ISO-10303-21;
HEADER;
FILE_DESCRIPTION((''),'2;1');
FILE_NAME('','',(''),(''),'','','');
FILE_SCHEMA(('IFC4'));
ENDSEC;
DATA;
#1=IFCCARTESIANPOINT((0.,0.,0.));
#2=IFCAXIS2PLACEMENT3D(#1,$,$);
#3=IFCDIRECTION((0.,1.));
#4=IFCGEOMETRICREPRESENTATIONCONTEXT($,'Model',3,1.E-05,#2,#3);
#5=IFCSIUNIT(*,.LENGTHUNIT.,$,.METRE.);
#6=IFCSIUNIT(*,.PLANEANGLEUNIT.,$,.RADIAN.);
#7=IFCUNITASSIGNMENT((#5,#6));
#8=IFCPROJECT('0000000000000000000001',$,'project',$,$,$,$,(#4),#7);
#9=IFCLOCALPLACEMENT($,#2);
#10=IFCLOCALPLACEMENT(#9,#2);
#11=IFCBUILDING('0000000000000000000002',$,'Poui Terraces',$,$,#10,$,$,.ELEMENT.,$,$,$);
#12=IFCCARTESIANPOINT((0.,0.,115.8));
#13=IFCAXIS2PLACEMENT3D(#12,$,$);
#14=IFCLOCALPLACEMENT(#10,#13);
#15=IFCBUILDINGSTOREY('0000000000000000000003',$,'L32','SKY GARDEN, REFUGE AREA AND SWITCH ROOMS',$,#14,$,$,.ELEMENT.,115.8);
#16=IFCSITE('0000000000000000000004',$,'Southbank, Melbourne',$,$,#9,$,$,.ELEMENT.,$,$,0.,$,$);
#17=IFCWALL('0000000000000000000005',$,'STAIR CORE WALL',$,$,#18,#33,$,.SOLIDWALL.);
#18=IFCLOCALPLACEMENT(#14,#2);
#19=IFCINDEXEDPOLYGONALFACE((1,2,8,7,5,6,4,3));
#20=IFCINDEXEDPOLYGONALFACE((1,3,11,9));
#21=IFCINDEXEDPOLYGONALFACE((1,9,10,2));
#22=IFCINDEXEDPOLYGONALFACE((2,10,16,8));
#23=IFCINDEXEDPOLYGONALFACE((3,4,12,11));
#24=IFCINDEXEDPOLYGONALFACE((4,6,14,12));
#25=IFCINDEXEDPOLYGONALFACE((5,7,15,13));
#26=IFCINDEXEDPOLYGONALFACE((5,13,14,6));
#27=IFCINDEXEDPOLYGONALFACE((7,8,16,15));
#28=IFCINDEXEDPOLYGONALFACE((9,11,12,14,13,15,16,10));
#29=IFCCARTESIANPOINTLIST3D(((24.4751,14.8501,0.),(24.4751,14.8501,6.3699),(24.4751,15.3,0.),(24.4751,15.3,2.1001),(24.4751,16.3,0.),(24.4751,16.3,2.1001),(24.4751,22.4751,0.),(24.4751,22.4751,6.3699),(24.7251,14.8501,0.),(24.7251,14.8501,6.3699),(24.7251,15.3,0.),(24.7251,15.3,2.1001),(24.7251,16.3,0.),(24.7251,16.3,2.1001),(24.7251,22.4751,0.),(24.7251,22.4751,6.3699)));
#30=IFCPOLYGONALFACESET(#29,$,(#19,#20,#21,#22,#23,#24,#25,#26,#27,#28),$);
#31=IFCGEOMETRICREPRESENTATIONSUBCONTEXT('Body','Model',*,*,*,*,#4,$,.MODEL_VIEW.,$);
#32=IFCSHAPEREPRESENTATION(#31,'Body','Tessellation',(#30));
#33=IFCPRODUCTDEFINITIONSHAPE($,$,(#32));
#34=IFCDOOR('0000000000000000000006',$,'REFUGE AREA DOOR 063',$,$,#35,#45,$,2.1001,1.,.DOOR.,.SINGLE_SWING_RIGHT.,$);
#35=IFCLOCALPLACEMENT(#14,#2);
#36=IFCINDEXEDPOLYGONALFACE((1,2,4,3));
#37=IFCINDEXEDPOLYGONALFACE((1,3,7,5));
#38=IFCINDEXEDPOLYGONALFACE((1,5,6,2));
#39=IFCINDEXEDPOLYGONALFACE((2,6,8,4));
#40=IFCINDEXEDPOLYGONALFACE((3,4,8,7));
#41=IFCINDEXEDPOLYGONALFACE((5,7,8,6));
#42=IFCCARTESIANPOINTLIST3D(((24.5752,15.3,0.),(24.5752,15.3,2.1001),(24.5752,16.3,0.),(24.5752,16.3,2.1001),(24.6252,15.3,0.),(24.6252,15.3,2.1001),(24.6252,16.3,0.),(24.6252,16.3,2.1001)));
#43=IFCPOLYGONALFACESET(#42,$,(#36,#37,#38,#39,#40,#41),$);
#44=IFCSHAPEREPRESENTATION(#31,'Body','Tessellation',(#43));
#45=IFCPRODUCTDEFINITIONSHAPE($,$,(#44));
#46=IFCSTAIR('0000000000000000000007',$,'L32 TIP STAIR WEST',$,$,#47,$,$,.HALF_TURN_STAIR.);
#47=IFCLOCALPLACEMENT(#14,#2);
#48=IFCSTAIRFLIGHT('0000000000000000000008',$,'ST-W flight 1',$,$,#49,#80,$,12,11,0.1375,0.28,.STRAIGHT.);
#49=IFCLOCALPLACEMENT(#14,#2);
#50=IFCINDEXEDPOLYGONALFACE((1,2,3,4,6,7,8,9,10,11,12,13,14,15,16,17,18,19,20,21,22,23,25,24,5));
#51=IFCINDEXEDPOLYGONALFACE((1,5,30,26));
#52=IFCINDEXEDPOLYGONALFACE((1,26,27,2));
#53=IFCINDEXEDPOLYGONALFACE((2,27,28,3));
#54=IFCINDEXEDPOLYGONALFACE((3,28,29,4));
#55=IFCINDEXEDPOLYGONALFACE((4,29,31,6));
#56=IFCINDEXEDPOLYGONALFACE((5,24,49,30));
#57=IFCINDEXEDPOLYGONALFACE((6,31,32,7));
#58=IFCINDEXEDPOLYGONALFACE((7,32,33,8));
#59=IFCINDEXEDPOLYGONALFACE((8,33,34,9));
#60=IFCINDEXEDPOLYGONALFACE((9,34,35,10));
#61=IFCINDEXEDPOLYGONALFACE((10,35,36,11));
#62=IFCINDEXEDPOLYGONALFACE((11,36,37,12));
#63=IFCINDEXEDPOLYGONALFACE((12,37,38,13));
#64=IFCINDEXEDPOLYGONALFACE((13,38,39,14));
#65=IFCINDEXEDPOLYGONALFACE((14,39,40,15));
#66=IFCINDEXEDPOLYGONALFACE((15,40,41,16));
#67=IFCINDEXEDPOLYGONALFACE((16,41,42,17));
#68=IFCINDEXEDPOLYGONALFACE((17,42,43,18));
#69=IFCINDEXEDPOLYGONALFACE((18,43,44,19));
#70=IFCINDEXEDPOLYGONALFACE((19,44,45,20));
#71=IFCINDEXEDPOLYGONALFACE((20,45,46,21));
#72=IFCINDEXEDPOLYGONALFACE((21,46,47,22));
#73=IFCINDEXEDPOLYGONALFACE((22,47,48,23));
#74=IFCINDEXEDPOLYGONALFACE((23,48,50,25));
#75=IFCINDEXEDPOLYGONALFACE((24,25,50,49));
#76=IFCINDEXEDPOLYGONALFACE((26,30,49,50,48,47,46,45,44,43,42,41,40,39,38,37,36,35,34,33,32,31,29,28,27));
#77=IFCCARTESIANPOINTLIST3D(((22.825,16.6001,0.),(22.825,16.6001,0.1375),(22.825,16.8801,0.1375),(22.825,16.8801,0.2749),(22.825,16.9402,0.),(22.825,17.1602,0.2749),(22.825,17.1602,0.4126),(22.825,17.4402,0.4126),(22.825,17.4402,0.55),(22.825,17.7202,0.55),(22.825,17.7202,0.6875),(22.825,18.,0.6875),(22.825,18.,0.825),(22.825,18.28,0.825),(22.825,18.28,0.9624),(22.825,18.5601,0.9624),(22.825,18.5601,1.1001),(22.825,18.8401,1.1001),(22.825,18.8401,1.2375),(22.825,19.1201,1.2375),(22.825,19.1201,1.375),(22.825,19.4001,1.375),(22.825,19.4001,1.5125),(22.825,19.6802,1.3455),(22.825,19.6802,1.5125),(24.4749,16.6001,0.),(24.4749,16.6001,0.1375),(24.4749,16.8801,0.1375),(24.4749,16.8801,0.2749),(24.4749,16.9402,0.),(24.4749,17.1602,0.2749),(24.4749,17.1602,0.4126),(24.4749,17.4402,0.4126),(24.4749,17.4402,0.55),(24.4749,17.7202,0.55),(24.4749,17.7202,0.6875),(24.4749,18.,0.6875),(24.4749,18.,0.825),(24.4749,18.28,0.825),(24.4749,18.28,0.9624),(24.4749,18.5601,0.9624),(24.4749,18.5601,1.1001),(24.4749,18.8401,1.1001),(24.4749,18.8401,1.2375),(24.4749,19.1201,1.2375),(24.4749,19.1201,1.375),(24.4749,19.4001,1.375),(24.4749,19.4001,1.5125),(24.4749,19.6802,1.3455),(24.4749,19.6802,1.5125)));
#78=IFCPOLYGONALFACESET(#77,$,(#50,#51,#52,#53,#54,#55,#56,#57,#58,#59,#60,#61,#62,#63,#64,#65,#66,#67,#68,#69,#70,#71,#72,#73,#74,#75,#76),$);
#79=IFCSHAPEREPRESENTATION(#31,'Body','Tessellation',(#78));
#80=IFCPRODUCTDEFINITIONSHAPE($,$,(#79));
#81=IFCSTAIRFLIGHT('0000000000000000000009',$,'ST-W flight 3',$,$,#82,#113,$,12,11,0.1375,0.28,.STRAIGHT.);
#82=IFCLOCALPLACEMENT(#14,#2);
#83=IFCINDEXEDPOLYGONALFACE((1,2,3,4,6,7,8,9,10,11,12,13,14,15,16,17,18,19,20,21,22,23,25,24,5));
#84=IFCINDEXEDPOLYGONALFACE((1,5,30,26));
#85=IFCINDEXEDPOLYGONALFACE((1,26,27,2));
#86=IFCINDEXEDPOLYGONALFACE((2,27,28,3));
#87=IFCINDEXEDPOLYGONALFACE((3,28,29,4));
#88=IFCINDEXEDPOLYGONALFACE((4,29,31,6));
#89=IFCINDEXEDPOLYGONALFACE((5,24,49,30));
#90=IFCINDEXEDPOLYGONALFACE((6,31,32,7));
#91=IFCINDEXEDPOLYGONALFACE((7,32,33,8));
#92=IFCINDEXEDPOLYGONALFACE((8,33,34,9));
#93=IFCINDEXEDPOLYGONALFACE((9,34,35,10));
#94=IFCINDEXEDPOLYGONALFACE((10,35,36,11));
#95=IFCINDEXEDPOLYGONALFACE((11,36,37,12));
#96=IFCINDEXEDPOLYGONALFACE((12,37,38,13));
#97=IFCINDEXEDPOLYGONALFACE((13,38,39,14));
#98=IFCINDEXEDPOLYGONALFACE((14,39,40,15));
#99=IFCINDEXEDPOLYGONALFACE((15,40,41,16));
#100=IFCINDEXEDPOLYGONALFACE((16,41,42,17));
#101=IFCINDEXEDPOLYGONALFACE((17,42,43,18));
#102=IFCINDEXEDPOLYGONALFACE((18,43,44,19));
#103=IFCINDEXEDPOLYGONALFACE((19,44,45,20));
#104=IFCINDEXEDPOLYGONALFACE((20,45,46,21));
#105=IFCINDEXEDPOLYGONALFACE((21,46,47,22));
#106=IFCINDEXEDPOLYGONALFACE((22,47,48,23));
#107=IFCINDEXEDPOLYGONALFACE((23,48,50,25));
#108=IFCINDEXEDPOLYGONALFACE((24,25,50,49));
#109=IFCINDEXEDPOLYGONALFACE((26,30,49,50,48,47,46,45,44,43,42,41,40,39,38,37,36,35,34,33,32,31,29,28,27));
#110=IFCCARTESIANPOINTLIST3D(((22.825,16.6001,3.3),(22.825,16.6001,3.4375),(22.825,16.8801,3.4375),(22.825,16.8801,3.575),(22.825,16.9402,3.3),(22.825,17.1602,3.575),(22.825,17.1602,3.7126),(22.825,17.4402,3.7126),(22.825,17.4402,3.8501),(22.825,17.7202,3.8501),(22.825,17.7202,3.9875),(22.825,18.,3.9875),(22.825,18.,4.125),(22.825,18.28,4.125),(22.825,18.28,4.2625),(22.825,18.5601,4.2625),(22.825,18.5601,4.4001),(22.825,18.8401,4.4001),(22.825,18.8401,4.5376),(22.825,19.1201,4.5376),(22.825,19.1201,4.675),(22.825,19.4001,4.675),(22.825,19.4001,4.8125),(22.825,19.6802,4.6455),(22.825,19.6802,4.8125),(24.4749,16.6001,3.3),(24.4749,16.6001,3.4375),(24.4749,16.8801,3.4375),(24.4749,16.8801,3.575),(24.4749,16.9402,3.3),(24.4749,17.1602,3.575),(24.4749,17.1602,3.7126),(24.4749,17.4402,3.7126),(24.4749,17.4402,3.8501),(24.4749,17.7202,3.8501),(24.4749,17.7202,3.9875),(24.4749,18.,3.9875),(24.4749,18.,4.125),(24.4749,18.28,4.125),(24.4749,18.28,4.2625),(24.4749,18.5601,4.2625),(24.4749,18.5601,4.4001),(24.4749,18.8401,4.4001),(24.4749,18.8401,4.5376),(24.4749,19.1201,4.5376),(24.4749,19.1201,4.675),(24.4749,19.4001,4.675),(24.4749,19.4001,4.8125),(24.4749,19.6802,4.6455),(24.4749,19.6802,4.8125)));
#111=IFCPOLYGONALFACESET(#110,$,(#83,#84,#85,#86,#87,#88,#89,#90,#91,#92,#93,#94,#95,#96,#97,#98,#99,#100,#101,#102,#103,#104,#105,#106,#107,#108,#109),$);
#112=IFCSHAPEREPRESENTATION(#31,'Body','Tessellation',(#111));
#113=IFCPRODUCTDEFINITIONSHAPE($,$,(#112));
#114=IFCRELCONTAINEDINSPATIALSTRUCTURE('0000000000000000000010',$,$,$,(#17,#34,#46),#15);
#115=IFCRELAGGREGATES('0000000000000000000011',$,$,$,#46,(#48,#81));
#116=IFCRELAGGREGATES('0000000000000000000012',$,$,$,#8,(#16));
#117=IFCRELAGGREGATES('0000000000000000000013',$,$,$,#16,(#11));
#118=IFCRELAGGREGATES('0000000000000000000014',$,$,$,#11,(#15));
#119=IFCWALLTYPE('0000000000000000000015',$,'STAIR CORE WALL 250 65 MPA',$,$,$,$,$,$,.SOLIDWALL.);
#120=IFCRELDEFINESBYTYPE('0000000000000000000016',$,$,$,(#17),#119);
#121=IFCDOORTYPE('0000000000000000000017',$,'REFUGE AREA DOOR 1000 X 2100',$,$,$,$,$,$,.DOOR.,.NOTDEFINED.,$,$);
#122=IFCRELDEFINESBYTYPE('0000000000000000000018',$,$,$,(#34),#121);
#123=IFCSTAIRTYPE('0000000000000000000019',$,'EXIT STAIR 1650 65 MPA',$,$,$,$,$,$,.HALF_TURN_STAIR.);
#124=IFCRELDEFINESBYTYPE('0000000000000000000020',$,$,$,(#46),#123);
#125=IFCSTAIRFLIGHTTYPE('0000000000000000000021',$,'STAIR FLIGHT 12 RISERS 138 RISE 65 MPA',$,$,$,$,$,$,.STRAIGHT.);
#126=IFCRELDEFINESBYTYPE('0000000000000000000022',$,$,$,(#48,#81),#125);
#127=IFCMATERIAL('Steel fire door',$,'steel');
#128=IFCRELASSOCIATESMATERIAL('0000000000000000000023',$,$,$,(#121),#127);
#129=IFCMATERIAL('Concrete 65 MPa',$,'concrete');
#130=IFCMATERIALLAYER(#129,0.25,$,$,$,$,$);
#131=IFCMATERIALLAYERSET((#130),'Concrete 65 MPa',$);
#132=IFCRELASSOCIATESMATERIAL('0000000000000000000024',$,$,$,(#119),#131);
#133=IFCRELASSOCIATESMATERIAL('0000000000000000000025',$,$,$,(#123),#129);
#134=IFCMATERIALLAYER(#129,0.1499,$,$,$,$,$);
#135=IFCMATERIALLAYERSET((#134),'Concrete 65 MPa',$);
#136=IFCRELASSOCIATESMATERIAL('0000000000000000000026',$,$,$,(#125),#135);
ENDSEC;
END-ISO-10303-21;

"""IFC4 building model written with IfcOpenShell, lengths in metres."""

from ifc_helpers import new_model, si_unit, direction, frame, frame_2d, origin, place, context, subcontext, project, spatial, polyline, rectangle, outline, extrude, material, layer, layer_set, type_object, element, fill, aggregate, save


model = new_model("IFC4")

# Units and contexts
model_context = context("Model", 3, precision=1e-05, world=origin(), true_north=direction((0.0, 1.0)))
body_context = subcontext(model_context, "Body", "Model", "MODEL_VIEW")
ifc_project = project(units=[si_unit("LENGTHUNIT", "METRE"), si_unit("PLANEANGLEUNIT", "RADIAN")], contexts=[model_context])

# Site, building, storey
site_placement = place(None, origin())
site = spatial("IfcSite", under=ifc_project, at=site_placement, Name="Southbank, Melbourne", CompositionType="ELEMENT", RefElevation=0.0)
building_placement = place(site_placement, origin())
building = spatial("IfcBuilding", under=site, at=building_placement, Name="Poui Terraces", CompositionType="ELEMENT")
storey_placement = place(building_placement, frame((0.0, 0.0, 115.8)))
storey = spatial("IfcBuildingStorey", under=building, at=storey_placement, Name="L32", Description="SKY GARDEN, REFUGE AREA AND SWITCH ROOMS", CompositionType="ELEMENT", Elevation=115.8)

# Shared definitions
ifc_material_1 = material(Name="Concrete 65 MPa", Category="concrete")
ifc_material_2 = material(Name="Steel fire door", Category="steel")

# Shared definitions
door_type_1 = type_object("IfcDoorType", Name="REFUGE AREA DOOR 1000 X 2100", OperationType="NOTDEFINED", PredefinedType="DOOR", material=ifc_material_2)

# Shared definitions
ifc_layer_1 = layer(ifc_material_1, 0.25)
ifc_layer_set_1 = layer_set([ifc_layer_1], Name="Concrete 65 MPa")
wall_type_1 = type_object("IfcWallType", Name="STAIR CORE WALL 250 65 MPA", PredefinedType="SOLIDWALL", material=ifc_layer_set_1)

# Wall, opening, door
wall_1_placement = place(storey_placement, frame((24.6001, 14.8501, 0.0), z_axis=(0.0, 0.0, 1.0), x_axis=(0.0, 1.0, 0.0)))
wall_1 = element("IfcWall", 1, at=wall_1_placement, inside=storey, type_object=wall_type_1, Name="STAIR CORE WALL", PredefinedType="SOLIDWALL", context=body_context, shape_type="SweptSolid", body=[
    extrude(rectangle(XDim=7.625, YDim=0.25, at=frame_2d((3.8125, 0.0))), origin(), (0.0, 0.0, 1.0), 6.3699),
])
opening_1_placement = place(wall_1_placement, frame((0.45, 0.0, 0.0)))
opening_1 = element("IfcOpeningElement", 2, at=opening_1_placement, cuts=wall_1, PredefinedType="OPENING", context=body_context, shape_type="SweptSolid", body=[
    extrude(rectangle(XDim=1.0, YDim=2.1001, at=frame_2d((0.5, 1.05))), frame((0.0, 0.135, 0.0), z_axis=(0.0, -1.0, 0.0), x_axis=(1.0, 0.0, 0.0)), (0.0, 0.0, 1.0), 0.27),
])
door_1_placement = place(opening_1_placement, origin())
door_1 = element("IfcDoor", 3, at=door_1_placement, inside=storey, type_object=door_type_1, Name="REFUGE AREA DOOR 063", OperationType="SINGLE_SWING_RIGHT", OverallHeight=2.1001, OverallWidth=1.0, PredefinedType="DOOR", context=body_context, shape_type="SweptSolid", body=[
    extrude(rectangle(XDim=1.0, YDim=2.1001, at=frame_2d((0.5, 1.05))), frame((0.0, 0.0249, 0.0), z_axis=(0.0, -1.0, 0.0), x_axis=(1.0, 0.0, 0.0)), (0.0, 0.0, 1.0), 0.05),
])
fill(opening_1, door_1)

# Stair, stair flights
stair_type = type_object("IfcStairType", Name="EXIT STAIR 1650 65 MPA", PredefinedType="HALF_TURN_STAIR", material=ifc_material_1)
stair_placement = place(storey_placement, origin())
stair = element("IfcStair", 4, at=stair_placement, inside=storey, type_object=stair_type, Name="L32 TIP STAIR WEST", PredefinedType="HALF_TURN_STAIR")
ifc_layer_2 = layer(ifc_material_1, 0.1499)
ifc_layer_set_2 = layer_set([ifc_layer_2], Name="Concrete 65 MPa")
stair_flight_type = type_object("IfcStairFlightType", Name="STAIR FLIGHT 12 RISERS 138 RISE 65 MPA", PredefinedType="STRAIGHT", material=ifc_layer_set_2)
stair_flight_1_placement = place(storey_placement, frame((23.6499, 16.6001, 0.0), z_axis=(0.0, 0.0, 1.0), x_axis=(0.0, 1.0, 0.0)))
stair_flight_1 = element("IfcStairFlight", 5, at=stair_flight_1_placement, type_object=stair_flight_type, Name="ST-W flight 1", NumberOfRisers=12, NumberOfTreads=11, PredefinedType="STRAIGHT", RiserHeight=0.1375, TreadLength=0.28, context=body_context, shape_type="SweptSolid", body=[
    extrude(outline(polyline([(0.0, 0.0), (0.0, 0.1375), (0.28, 0.1375), (0.28, 0.2749), (0.5601, 0.2749), (0.5601, 0.4126), (0.8401, 0.4126), (0.8401, 0.55), (1.1201, 0.55), (1.1201, 0.6875), (1.3999, 0.6875), (1.3999, 0.825), (1.6799, 0.825), (1.6799, 0.9624), (1.96, 0.9624), (1.96, 1.1001), (2.24, 1.1001), (2.24, 1.2375), (2.52, 1.2375), (2.52, 1.375), (2.8, 1.375), (2.8, 1.5125), (3.0801, 1.5125), (3.0801, 1.6499), (3.0801, 1.3455), (0.3401, 0.0), (0.0, 0.0)])), frame((0.0, 0.825, 0.0), z_axis=(0.0, -1.0, 0.0), x_axis=(1.0, 0.0, 0.0)), (0.0, 0.0, 1.0), 1.6499),
])
stair_flight_2_placement = place(storey_placement, frame((23.6499, 16.6001, 3.3), z_axis=(0.0, 0.0, 1.0), x_axis=(0.0, 1.0, 0.0)))
stair_flight_2 = element("IfcStairFlight", 6, at=stair_flight_2_placement, type_object=stair_flight_type, Name="ST-W flight 3", NumberOfRisers=12, NumberOfTreads=11, PredefinedType="STRAIGHT", RiserHeight=0.1375, TreadLength=0.28, context=body_context, shape_type="SweptSolid", body=[
    extrude(outline(polyline([(0.0, 0.0), (0.0, 0.1375), (0.28, 0.1375), (0.28, 0.2749), (0.5601, 0.2749), (0.5601, 0.4126), (0.8401, 0.4126), (0.8401, 0.55), (1.1201, 0.55), (1.1201, 0.6875), (1.3999, 0.6875), (1.3999, 0.825), (1.6799, 0.825), (1.6799, 0.9624), (1.96, 0.9624), (1.96, 1.1001), (2.24, 1.1001), (2.24, 1.2375), (2.52, 1.2375), (2.52, 1.375), (2.8, 1.375), (2.8, 1.5125), (3.0801, 1.5125), (3.0801, 1.6499), (3.0801, 1.3455), (0.3401, 0.0), (0.0, 0.0)])), frame((0.0, 0.825, 0.0), z_axis=(0.0, -1.0, 0.0), x_axis=(1.0, 0.0, 0.0)), (0.0, 0.0, 1.0), 1.6499),
])
aggregate(stair, [stair_flight_1, stair_flight_2])

save(model, "model.ifc")
